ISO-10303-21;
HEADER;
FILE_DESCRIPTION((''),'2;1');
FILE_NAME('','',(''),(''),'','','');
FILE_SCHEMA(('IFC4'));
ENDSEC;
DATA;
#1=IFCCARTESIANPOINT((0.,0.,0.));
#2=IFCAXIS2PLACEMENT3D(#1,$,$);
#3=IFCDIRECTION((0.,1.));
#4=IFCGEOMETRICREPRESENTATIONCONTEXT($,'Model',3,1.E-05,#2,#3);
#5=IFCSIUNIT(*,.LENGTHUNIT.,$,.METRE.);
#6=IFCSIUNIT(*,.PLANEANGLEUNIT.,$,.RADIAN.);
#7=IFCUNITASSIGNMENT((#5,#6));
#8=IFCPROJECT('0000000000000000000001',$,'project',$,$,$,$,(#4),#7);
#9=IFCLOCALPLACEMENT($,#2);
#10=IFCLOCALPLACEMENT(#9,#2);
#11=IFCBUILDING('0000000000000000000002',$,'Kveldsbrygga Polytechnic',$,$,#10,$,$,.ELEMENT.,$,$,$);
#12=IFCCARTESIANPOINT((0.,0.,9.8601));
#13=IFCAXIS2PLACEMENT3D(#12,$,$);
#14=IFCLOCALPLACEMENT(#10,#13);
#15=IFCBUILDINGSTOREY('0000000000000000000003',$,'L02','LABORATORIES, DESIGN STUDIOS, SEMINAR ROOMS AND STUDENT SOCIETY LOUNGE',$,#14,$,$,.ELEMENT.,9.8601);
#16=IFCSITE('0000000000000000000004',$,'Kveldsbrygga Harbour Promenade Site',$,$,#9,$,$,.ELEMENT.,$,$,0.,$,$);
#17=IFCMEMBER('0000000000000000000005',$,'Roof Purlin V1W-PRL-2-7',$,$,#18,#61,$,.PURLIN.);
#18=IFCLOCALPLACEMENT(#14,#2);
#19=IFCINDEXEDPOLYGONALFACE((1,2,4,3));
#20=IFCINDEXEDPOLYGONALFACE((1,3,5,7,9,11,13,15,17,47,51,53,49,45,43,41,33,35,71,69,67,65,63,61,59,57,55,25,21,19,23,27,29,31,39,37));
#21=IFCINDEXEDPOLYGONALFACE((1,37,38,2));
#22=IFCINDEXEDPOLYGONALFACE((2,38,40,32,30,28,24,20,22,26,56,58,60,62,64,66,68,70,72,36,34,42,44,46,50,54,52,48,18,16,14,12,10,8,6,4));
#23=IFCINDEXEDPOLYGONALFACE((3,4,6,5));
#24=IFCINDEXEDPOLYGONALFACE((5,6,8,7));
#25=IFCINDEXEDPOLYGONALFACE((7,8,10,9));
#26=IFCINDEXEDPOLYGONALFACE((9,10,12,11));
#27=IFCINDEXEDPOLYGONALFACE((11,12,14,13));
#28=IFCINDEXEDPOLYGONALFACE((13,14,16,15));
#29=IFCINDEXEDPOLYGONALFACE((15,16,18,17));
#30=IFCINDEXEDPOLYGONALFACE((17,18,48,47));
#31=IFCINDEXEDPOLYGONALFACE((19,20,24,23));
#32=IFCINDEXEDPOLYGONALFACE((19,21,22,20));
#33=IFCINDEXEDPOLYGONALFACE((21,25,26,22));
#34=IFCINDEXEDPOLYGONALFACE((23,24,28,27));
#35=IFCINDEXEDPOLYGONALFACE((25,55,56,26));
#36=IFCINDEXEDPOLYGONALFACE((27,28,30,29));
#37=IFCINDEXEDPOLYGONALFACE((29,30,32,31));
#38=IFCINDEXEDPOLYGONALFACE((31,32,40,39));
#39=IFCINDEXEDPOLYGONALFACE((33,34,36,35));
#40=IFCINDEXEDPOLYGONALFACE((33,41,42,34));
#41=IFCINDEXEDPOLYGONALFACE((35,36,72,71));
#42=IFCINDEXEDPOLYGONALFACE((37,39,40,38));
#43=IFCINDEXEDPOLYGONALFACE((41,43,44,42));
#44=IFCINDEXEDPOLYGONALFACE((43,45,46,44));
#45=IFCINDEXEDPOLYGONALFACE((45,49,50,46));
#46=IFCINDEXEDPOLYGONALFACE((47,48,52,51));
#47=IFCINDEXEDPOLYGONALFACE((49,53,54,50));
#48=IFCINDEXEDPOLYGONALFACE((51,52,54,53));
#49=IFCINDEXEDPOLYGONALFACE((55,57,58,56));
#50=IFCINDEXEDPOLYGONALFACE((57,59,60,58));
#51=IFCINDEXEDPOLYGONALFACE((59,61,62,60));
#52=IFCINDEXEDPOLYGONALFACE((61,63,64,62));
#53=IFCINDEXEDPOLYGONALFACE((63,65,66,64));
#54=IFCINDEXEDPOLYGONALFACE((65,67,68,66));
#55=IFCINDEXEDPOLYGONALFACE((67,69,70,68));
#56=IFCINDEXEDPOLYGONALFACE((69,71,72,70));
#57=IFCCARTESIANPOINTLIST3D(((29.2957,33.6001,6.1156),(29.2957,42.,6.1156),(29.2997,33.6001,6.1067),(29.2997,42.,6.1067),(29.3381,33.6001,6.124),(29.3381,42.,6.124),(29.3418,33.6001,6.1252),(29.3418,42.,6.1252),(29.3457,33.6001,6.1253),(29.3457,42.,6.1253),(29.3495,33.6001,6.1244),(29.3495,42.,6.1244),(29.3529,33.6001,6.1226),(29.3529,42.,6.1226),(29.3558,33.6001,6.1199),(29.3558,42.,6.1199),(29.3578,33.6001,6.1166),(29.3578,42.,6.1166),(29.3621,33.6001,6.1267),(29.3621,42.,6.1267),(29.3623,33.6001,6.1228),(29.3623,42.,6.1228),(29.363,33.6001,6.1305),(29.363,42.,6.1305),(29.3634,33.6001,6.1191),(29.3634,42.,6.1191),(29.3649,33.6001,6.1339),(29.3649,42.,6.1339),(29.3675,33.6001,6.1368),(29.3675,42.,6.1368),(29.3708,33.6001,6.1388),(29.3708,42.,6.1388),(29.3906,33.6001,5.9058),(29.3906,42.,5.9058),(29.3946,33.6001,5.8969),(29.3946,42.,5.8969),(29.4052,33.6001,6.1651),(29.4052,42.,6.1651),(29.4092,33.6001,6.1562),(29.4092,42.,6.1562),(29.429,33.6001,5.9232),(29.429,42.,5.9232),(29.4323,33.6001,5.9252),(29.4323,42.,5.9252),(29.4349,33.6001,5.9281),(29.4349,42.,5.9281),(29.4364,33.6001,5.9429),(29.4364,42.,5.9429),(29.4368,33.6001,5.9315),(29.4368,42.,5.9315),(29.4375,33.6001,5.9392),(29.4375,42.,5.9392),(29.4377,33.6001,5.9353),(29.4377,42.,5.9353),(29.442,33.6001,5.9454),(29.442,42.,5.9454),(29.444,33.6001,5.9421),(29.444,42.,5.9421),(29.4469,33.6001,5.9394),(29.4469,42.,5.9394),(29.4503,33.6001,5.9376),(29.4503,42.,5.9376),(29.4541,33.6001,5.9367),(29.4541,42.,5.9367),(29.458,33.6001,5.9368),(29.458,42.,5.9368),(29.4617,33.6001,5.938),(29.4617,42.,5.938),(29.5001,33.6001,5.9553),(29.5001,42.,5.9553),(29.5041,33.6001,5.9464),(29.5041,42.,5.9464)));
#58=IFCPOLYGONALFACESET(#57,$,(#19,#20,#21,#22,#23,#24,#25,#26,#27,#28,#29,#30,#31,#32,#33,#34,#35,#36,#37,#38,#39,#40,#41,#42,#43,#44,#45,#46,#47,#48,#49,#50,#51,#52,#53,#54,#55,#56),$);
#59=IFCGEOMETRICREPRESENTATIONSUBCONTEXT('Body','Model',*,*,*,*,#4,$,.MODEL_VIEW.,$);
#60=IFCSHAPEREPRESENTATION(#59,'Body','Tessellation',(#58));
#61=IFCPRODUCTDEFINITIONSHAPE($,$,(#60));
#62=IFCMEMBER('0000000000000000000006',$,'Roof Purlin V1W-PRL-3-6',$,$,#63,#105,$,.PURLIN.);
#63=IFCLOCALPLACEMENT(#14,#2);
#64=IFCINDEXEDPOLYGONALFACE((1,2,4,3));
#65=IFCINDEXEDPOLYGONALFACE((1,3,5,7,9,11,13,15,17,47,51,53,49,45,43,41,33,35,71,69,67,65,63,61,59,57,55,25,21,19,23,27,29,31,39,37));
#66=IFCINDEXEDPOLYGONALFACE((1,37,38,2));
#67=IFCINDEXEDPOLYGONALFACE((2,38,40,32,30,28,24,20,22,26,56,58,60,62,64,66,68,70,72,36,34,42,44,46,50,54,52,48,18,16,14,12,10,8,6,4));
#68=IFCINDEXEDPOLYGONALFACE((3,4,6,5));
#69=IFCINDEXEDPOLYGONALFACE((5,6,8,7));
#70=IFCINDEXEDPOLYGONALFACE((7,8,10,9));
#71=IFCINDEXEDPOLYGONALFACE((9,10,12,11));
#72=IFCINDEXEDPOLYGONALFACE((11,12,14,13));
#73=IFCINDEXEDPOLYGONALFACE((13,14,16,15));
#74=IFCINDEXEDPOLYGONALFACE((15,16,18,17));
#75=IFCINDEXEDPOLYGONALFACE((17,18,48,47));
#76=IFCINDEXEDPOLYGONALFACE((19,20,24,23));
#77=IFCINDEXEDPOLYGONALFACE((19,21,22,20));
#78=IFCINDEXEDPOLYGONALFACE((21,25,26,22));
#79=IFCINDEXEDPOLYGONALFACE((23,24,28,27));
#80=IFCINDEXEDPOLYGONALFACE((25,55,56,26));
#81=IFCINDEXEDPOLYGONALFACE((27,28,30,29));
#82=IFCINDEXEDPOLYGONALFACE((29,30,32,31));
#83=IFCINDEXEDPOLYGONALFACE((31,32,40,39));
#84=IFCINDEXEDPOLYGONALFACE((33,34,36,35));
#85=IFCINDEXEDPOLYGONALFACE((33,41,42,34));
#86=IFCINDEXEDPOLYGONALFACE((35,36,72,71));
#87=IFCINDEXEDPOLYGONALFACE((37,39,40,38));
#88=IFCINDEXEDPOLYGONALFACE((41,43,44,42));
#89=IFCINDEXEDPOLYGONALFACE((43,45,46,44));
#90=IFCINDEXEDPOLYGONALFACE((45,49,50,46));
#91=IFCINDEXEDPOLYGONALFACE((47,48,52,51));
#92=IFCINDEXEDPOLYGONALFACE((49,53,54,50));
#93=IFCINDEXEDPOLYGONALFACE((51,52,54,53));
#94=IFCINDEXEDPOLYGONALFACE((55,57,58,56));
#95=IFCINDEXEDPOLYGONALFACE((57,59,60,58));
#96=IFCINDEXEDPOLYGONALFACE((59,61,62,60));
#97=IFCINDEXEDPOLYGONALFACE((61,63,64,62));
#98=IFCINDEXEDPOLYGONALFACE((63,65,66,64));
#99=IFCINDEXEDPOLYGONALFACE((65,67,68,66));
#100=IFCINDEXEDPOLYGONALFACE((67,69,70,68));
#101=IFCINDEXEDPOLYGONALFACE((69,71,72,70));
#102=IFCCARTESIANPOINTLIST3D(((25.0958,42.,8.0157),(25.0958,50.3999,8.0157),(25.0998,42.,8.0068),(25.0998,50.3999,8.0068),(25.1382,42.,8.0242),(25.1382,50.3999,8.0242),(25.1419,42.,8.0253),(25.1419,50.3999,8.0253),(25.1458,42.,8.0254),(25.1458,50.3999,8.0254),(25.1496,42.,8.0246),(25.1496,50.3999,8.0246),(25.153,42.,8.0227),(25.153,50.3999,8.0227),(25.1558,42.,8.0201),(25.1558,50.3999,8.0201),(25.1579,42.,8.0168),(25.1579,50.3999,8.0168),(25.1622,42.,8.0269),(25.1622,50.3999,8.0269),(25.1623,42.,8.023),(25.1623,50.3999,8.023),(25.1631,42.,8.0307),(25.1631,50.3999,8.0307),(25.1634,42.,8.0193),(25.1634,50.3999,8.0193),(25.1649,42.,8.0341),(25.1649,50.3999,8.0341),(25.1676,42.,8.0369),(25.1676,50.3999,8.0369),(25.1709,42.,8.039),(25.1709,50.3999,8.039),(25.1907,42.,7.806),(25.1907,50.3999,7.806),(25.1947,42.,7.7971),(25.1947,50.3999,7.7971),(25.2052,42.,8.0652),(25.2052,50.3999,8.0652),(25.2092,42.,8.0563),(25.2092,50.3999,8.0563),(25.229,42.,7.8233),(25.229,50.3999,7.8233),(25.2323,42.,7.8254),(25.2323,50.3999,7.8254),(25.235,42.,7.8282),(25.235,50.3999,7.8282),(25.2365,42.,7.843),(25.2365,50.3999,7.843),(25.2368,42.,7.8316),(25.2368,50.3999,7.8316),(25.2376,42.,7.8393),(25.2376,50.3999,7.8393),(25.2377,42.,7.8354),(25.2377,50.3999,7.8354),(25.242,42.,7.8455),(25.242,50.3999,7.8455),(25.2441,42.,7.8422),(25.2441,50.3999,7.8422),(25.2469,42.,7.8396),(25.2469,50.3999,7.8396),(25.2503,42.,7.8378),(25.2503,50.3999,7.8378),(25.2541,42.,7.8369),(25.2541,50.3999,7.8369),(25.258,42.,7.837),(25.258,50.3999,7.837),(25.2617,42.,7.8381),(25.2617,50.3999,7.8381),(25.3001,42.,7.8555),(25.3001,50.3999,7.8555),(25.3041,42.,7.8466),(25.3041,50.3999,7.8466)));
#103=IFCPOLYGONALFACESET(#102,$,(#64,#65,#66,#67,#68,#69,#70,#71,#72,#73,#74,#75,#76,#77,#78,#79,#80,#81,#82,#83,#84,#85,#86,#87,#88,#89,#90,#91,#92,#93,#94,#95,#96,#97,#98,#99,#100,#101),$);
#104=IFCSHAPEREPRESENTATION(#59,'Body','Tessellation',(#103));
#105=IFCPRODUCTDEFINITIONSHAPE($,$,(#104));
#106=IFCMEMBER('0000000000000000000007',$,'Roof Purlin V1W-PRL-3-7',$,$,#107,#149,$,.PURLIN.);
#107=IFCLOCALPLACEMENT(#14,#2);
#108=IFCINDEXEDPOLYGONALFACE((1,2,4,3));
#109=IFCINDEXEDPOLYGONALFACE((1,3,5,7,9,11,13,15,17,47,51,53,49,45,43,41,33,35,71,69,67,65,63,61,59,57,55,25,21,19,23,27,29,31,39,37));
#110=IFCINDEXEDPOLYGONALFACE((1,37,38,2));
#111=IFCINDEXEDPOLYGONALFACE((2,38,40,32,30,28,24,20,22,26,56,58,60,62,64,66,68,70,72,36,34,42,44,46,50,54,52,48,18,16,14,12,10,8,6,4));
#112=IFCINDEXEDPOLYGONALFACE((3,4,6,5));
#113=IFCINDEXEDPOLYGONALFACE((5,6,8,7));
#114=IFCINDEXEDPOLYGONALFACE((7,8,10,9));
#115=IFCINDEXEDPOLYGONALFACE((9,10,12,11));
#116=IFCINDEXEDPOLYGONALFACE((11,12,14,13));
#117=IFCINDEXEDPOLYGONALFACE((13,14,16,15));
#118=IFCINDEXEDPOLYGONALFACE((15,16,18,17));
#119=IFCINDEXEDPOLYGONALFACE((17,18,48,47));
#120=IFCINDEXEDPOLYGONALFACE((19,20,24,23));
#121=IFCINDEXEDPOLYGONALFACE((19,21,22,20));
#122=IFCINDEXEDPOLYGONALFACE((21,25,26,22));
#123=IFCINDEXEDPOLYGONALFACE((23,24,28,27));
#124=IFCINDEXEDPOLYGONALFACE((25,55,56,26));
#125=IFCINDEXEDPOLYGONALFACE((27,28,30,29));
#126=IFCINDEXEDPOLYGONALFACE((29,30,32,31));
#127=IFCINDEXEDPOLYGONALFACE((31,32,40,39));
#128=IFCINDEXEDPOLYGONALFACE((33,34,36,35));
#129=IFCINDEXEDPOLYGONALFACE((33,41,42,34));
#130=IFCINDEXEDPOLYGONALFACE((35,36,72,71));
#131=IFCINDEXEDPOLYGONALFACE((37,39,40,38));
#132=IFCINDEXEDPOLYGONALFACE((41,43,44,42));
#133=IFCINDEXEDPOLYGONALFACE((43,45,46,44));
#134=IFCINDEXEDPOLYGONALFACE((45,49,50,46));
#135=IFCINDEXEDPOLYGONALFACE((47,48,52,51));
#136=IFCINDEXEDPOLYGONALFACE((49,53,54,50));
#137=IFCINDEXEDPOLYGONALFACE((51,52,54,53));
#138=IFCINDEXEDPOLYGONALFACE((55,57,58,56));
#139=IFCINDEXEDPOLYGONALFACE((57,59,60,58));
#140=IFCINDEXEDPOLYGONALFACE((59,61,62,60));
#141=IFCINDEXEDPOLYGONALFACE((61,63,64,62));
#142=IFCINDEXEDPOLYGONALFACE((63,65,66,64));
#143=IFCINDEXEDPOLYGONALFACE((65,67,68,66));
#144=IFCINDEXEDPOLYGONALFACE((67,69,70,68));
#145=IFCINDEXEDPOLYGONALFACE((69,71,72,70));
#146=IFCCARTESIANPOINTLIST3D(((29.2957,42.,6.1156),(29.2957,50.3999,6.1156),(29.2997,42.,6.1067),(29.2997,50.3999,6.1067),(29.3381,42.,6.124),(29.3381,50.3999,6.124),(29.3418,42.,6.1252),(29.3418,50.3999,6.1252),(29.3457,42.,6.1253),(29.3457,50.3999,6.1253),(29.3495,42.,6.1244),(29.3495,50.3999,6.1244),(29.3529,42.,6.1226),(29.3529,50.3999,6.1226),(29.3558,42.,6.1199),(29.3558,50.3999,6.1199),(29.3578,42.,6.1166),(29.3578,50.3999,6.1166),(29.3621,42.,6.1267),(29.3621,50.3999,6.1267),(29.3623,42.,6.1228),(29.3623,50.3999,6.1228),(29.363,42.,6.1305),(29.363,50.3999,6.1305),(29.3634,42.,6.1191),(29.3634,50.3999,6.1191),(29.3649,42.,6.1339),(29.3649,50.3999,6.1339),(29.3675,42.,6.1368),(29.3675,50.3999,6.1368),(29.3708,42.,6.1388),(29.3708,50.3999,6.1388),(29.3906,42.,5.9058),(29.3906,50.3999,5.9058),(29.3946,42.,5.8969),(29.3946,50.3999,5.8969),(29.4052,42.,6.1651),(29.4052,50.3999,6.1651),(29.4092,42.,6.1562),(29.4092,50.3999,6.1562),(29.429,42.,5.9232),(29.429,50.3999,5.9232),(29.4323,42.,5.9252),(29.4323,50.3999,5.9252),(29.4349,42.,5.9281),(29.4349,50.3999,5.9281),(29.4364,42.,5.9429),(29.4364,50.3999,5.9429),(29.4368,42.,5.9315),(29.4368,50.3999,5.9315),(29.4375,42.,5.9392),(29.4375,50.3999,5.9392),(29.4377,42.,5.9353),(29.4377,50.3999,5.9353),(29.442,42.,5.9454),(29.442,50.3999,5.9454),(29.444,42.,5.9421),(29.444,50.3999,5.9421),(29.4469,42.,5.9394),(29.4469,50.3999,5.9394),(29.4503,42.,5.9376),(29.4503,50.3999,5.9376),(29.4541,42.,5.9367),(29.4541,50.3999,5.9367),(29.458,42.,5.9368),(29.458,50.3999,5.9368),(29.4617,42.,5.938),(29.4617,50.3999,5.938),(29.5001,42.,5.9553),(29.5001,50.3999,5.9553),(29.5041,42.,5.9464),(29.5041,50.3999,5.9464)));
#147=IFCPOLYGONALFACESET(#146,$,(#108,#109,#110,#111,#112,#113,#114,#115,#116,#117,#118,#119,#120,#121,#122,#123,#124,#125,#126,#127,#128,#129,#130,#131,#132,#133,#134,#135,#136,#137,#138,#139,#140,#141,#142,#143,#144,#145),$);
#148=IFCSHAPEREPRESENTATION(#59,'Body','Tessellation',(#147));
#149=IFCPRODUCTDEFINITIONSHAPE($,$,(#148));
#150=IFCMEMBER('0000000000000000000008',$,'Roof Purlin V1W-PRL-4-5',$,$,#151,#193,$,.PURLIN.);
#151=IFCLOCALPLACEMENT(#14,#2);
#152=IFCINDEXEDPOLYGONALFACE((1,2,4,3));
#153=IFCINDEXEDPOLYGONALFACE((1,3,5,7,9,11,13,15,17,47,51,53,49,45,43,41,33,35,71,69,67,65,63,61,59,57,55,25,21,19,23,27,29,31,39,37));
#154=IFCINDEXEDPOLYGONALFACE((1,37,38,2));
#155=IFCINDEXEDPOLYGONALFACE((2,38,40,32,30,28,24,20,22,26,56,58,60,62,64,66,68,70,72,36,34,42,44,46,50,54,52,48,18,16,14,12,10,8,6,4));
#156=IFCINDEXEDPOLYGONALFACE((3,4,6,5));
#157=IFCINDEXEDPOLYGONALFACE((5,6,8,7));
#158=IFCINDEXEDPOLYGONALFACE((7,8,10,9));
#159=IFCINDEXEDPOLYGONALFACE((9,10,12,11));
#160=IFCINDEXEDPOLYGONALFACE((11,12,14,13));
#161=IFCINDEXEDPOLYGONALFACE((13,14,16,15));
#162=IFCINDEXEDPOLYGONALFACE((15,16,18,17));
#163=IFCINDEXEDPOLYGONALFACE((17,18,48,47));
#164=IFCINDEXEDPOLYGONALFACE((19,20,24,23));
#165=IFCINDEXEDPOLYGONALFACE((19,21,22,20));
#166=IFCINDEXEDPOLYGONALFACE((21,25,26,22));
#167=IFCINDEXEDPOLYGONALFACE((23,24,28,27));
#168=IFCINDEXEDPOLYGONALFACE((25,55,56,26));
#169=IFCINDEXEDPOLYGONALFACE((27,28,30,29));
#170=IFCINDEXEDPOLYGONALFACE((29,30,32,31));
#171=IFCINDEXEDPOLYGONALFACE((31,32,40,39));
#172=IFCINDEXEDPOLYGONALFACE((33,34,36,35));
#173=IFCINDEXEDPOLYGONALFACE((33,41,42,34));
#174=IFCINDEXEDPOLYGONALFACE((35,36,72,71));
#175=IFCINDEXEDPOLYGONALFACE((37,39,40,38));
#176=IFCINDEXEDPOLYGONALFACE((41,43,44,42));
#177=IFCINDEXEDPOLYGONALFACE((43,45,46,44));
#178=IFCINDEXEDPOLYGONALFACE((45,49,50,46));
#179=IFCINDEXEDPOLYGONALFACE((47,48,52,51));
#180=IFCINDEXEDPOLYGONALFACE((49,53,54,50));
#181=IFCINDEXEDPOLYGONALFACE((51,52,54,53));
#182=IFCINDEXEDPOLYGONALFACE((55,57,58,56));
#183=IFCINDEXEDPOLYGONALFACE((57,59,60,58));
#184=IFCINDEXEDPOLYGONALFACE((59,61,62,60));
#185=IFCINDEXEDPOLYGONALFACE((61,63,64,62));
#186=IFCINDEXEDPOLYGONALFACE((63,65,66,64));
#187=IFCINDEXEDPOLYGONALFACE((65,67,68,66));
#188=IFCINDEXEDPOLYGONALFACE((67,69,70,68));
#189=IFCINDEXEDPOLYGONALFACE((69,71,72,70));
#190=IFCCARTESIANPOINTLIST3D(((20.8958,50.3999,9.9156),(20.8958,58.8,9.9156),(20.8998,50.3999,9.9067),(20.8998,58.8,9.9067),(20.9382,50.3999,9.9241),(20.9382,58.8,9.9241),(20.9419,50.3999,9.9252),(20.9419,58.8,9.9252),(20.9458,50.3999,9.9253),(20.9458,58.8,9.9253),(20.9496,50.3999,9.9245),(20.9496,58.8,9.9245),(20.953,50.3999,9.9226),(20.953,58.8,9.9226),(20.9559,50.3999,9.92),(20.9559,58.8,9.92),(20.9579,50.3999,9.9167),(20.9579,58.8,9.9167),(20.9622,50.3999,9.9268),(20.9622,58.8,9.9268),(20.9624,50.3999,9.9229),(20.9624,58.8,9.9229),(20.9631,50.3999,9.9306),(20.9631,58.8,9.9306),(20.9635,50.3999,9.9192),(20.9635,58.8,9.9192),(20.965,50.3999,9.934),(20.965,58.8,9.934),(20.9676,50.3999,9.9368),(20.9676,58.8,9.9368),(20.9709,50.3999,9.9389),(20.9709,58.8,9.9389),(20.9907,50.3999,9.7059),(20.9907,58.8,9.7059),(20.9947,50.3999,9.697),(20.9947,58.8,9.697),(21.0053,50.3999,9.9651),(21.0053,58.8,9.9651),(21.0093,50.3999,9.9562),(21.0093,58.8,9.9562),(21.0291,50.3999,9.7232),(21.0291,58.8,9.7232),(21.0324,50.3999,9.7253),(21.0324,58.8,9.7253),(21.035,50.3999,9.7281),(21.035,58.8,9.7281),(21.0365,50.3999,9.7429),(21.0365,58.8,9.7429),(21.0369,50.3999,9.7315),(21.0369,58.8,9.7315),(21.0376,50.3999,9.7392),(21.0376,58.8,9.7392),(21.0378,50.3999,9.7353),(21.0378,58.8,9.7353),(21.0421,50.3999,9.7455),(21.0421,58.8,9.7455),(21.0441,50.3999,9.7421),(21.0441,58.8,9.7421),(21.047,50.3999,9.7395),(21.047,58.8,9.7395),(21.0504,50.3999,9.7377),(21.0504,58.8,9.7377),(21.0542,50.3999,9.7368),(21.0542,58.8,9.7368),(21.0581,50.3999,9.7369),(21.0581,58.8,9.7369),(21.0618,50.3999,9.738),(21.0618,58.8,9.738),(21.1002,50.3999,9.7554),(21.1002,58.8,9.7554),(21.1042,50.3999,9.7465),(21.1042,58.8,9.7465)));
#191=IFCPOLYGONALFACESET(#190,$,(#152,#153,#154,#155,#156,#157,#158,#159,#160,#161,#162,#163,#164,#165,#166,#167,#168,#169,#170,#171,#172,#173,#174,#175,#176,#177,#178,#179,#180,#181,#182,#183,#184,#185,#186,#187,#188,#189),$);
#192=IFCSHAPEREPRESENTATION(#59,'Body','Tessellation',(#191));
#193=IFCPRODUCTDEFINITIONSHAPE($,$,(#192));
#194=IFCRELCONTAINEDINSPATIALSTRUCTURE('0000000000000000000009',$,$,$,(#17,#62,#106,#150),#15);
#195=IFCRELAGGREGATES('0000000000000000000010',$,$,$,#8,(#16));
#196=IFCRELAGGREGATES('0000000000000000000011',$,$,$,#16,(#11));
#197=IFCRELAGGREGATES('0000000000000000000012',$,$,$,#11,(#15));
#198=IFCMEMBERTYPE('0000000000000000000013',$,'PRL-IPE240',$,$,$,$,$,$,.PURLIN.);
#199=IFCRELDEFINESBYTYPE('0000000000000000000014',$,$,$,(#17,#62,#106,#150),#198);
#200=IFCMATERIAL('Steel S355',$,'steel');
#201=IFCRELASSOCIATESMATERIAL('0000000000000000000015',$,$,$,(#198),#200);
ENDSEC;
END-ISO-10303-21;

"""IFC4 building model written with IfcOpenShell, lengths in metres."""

from ifc_helpers import new_model, si_unit, direction, frame, origin, origin_2d, place, context, subcontext, project, spatial, i_section, extrude, material, material_profile, profile_set, type_object, element, save


model = new_model("IFC4")

# Units and contexts
model_context = context("Model", 3, precision=1e-05, world=origin(), true_north=direction((0.0, 1.0)))
body_context = subcontext(model_context, "Body", "Model", "MODEL_VIEW")
ifc_project = project(units=[si_unit("LENGTHUNIT", "METRE"), si_unit("PLANEANGLEUNIT", "RADIAN")], contexts=[model_context])

# Site, building, storey
site_placement = place(None, origin())
site = spatial("IfcSite", under=ifc_project, at=site_placement, Name="Kveldsbrygga Harbour Promenade Site", CompositionType="ELEMENT", RefElevation=0.0)
building_placement = place(site_placement, origin())
building = spatial("IfcBuilding", under=site, at=building_placement, Name="Kveldsbrygga Polytechnic", CompositionType="ELEMENT")
storey_placement = place(building_placement, frame((0.0, 0.0, 9.8601)))
storey = spatial("IfcBuildingStorey", under=building, at=storey_placement, Name="L02", Description="LABORATORIES, DESIGN STUDIOS, SEMINAR ROOMS AND STUDENT SOCIETY LOUNGE", CompositionType="ELEMENT", Elevation=9.8601)

# Members
ifc_material = material(Name="Steel S355", Category="steel")
ifc_material_profile_1 = material_profile(ifc_material, i_section(OverallWidth=0.1201, OverallDepth=0.24, WebThickness=0.0061, FlangeThickness=0.0098, FilletRadius=0.0149, at=origin_2d()), Name="IPE 240")
ifc_profile_set_1 = profile_set([ifc_material_profile_1], Name="Steel S355")
member_type_1 = type_object("IfcMemberType", Name="PRL-IPE240", PredefinedType="PURLIN", material=ifc_profile_set_1)
for number, where, z_axis, x_axis, name in (
    (1, (29.3999, 33.6001, 6.031), (0.0, 1.0, 0.0), (-0.911108, 0.0, -0.412168), "Roof Purlin V1W-PRL-2-7"),
    (2, (25.2, 42.0, 7.9312), (0.0, 1.0, 0.0), (-0.911108, 0.0, -0.412168), "Roof Purlin V1W-PRL-3-6"),
    (3, (29.3999, 42.0, 6.031), (0.0, 1.0, 0.0), (-0.911108, 0.0, -0.412168), "Roof Purlin V1W-PRL-3-7"),
):
    element("IfcMember", number, at=place(storey_placement, frame(where, z_axis=z_axis, x_axis=x_axis)), inside=storey, type_object=member_type_1, Name=name, PredefinedType="PURLIN", context=body_context, shape_type="SweptSolid", body=[
        extrude(i_section(OverallWidth=0.1201, OverallDepth=0.24, WebThickness=0.0061, FlangeThickness=0.0098, FilletRadius=0.0149, at=origin_2d()), origin(), (0.0, 0.0, 1.0), 8.3999),
    ])
for number, where, z_axis, x_axis, name in (
    (4, (21.0, 50.3999, 9.8311), (0.0, 1.0, 0.0), (-0.911108, 0.0, -0.412168), "Roof Purlin V1W-PRL-4-5"),
):
    element("IfcMember", number, at=place(storey_placement, frame(where, z_axis=z_axis, x_axis=x_axis)), inside=storey, type_object=member_type_1, Name=name, PredefinedType="PURLIN", context=body_context, shape_type="SweptSolid", body=[
        extrude(i_section(OverallWidth=0.1201, OverallDepth=0.24, WebThickness=0.0061, FlangeThickness=0.0098, FilletRadius=0.0149, at=origin_2d()), origin(), (0.0, 0.0, 1.0), 8.4001),
    ])

save(model, "model.ifc")
